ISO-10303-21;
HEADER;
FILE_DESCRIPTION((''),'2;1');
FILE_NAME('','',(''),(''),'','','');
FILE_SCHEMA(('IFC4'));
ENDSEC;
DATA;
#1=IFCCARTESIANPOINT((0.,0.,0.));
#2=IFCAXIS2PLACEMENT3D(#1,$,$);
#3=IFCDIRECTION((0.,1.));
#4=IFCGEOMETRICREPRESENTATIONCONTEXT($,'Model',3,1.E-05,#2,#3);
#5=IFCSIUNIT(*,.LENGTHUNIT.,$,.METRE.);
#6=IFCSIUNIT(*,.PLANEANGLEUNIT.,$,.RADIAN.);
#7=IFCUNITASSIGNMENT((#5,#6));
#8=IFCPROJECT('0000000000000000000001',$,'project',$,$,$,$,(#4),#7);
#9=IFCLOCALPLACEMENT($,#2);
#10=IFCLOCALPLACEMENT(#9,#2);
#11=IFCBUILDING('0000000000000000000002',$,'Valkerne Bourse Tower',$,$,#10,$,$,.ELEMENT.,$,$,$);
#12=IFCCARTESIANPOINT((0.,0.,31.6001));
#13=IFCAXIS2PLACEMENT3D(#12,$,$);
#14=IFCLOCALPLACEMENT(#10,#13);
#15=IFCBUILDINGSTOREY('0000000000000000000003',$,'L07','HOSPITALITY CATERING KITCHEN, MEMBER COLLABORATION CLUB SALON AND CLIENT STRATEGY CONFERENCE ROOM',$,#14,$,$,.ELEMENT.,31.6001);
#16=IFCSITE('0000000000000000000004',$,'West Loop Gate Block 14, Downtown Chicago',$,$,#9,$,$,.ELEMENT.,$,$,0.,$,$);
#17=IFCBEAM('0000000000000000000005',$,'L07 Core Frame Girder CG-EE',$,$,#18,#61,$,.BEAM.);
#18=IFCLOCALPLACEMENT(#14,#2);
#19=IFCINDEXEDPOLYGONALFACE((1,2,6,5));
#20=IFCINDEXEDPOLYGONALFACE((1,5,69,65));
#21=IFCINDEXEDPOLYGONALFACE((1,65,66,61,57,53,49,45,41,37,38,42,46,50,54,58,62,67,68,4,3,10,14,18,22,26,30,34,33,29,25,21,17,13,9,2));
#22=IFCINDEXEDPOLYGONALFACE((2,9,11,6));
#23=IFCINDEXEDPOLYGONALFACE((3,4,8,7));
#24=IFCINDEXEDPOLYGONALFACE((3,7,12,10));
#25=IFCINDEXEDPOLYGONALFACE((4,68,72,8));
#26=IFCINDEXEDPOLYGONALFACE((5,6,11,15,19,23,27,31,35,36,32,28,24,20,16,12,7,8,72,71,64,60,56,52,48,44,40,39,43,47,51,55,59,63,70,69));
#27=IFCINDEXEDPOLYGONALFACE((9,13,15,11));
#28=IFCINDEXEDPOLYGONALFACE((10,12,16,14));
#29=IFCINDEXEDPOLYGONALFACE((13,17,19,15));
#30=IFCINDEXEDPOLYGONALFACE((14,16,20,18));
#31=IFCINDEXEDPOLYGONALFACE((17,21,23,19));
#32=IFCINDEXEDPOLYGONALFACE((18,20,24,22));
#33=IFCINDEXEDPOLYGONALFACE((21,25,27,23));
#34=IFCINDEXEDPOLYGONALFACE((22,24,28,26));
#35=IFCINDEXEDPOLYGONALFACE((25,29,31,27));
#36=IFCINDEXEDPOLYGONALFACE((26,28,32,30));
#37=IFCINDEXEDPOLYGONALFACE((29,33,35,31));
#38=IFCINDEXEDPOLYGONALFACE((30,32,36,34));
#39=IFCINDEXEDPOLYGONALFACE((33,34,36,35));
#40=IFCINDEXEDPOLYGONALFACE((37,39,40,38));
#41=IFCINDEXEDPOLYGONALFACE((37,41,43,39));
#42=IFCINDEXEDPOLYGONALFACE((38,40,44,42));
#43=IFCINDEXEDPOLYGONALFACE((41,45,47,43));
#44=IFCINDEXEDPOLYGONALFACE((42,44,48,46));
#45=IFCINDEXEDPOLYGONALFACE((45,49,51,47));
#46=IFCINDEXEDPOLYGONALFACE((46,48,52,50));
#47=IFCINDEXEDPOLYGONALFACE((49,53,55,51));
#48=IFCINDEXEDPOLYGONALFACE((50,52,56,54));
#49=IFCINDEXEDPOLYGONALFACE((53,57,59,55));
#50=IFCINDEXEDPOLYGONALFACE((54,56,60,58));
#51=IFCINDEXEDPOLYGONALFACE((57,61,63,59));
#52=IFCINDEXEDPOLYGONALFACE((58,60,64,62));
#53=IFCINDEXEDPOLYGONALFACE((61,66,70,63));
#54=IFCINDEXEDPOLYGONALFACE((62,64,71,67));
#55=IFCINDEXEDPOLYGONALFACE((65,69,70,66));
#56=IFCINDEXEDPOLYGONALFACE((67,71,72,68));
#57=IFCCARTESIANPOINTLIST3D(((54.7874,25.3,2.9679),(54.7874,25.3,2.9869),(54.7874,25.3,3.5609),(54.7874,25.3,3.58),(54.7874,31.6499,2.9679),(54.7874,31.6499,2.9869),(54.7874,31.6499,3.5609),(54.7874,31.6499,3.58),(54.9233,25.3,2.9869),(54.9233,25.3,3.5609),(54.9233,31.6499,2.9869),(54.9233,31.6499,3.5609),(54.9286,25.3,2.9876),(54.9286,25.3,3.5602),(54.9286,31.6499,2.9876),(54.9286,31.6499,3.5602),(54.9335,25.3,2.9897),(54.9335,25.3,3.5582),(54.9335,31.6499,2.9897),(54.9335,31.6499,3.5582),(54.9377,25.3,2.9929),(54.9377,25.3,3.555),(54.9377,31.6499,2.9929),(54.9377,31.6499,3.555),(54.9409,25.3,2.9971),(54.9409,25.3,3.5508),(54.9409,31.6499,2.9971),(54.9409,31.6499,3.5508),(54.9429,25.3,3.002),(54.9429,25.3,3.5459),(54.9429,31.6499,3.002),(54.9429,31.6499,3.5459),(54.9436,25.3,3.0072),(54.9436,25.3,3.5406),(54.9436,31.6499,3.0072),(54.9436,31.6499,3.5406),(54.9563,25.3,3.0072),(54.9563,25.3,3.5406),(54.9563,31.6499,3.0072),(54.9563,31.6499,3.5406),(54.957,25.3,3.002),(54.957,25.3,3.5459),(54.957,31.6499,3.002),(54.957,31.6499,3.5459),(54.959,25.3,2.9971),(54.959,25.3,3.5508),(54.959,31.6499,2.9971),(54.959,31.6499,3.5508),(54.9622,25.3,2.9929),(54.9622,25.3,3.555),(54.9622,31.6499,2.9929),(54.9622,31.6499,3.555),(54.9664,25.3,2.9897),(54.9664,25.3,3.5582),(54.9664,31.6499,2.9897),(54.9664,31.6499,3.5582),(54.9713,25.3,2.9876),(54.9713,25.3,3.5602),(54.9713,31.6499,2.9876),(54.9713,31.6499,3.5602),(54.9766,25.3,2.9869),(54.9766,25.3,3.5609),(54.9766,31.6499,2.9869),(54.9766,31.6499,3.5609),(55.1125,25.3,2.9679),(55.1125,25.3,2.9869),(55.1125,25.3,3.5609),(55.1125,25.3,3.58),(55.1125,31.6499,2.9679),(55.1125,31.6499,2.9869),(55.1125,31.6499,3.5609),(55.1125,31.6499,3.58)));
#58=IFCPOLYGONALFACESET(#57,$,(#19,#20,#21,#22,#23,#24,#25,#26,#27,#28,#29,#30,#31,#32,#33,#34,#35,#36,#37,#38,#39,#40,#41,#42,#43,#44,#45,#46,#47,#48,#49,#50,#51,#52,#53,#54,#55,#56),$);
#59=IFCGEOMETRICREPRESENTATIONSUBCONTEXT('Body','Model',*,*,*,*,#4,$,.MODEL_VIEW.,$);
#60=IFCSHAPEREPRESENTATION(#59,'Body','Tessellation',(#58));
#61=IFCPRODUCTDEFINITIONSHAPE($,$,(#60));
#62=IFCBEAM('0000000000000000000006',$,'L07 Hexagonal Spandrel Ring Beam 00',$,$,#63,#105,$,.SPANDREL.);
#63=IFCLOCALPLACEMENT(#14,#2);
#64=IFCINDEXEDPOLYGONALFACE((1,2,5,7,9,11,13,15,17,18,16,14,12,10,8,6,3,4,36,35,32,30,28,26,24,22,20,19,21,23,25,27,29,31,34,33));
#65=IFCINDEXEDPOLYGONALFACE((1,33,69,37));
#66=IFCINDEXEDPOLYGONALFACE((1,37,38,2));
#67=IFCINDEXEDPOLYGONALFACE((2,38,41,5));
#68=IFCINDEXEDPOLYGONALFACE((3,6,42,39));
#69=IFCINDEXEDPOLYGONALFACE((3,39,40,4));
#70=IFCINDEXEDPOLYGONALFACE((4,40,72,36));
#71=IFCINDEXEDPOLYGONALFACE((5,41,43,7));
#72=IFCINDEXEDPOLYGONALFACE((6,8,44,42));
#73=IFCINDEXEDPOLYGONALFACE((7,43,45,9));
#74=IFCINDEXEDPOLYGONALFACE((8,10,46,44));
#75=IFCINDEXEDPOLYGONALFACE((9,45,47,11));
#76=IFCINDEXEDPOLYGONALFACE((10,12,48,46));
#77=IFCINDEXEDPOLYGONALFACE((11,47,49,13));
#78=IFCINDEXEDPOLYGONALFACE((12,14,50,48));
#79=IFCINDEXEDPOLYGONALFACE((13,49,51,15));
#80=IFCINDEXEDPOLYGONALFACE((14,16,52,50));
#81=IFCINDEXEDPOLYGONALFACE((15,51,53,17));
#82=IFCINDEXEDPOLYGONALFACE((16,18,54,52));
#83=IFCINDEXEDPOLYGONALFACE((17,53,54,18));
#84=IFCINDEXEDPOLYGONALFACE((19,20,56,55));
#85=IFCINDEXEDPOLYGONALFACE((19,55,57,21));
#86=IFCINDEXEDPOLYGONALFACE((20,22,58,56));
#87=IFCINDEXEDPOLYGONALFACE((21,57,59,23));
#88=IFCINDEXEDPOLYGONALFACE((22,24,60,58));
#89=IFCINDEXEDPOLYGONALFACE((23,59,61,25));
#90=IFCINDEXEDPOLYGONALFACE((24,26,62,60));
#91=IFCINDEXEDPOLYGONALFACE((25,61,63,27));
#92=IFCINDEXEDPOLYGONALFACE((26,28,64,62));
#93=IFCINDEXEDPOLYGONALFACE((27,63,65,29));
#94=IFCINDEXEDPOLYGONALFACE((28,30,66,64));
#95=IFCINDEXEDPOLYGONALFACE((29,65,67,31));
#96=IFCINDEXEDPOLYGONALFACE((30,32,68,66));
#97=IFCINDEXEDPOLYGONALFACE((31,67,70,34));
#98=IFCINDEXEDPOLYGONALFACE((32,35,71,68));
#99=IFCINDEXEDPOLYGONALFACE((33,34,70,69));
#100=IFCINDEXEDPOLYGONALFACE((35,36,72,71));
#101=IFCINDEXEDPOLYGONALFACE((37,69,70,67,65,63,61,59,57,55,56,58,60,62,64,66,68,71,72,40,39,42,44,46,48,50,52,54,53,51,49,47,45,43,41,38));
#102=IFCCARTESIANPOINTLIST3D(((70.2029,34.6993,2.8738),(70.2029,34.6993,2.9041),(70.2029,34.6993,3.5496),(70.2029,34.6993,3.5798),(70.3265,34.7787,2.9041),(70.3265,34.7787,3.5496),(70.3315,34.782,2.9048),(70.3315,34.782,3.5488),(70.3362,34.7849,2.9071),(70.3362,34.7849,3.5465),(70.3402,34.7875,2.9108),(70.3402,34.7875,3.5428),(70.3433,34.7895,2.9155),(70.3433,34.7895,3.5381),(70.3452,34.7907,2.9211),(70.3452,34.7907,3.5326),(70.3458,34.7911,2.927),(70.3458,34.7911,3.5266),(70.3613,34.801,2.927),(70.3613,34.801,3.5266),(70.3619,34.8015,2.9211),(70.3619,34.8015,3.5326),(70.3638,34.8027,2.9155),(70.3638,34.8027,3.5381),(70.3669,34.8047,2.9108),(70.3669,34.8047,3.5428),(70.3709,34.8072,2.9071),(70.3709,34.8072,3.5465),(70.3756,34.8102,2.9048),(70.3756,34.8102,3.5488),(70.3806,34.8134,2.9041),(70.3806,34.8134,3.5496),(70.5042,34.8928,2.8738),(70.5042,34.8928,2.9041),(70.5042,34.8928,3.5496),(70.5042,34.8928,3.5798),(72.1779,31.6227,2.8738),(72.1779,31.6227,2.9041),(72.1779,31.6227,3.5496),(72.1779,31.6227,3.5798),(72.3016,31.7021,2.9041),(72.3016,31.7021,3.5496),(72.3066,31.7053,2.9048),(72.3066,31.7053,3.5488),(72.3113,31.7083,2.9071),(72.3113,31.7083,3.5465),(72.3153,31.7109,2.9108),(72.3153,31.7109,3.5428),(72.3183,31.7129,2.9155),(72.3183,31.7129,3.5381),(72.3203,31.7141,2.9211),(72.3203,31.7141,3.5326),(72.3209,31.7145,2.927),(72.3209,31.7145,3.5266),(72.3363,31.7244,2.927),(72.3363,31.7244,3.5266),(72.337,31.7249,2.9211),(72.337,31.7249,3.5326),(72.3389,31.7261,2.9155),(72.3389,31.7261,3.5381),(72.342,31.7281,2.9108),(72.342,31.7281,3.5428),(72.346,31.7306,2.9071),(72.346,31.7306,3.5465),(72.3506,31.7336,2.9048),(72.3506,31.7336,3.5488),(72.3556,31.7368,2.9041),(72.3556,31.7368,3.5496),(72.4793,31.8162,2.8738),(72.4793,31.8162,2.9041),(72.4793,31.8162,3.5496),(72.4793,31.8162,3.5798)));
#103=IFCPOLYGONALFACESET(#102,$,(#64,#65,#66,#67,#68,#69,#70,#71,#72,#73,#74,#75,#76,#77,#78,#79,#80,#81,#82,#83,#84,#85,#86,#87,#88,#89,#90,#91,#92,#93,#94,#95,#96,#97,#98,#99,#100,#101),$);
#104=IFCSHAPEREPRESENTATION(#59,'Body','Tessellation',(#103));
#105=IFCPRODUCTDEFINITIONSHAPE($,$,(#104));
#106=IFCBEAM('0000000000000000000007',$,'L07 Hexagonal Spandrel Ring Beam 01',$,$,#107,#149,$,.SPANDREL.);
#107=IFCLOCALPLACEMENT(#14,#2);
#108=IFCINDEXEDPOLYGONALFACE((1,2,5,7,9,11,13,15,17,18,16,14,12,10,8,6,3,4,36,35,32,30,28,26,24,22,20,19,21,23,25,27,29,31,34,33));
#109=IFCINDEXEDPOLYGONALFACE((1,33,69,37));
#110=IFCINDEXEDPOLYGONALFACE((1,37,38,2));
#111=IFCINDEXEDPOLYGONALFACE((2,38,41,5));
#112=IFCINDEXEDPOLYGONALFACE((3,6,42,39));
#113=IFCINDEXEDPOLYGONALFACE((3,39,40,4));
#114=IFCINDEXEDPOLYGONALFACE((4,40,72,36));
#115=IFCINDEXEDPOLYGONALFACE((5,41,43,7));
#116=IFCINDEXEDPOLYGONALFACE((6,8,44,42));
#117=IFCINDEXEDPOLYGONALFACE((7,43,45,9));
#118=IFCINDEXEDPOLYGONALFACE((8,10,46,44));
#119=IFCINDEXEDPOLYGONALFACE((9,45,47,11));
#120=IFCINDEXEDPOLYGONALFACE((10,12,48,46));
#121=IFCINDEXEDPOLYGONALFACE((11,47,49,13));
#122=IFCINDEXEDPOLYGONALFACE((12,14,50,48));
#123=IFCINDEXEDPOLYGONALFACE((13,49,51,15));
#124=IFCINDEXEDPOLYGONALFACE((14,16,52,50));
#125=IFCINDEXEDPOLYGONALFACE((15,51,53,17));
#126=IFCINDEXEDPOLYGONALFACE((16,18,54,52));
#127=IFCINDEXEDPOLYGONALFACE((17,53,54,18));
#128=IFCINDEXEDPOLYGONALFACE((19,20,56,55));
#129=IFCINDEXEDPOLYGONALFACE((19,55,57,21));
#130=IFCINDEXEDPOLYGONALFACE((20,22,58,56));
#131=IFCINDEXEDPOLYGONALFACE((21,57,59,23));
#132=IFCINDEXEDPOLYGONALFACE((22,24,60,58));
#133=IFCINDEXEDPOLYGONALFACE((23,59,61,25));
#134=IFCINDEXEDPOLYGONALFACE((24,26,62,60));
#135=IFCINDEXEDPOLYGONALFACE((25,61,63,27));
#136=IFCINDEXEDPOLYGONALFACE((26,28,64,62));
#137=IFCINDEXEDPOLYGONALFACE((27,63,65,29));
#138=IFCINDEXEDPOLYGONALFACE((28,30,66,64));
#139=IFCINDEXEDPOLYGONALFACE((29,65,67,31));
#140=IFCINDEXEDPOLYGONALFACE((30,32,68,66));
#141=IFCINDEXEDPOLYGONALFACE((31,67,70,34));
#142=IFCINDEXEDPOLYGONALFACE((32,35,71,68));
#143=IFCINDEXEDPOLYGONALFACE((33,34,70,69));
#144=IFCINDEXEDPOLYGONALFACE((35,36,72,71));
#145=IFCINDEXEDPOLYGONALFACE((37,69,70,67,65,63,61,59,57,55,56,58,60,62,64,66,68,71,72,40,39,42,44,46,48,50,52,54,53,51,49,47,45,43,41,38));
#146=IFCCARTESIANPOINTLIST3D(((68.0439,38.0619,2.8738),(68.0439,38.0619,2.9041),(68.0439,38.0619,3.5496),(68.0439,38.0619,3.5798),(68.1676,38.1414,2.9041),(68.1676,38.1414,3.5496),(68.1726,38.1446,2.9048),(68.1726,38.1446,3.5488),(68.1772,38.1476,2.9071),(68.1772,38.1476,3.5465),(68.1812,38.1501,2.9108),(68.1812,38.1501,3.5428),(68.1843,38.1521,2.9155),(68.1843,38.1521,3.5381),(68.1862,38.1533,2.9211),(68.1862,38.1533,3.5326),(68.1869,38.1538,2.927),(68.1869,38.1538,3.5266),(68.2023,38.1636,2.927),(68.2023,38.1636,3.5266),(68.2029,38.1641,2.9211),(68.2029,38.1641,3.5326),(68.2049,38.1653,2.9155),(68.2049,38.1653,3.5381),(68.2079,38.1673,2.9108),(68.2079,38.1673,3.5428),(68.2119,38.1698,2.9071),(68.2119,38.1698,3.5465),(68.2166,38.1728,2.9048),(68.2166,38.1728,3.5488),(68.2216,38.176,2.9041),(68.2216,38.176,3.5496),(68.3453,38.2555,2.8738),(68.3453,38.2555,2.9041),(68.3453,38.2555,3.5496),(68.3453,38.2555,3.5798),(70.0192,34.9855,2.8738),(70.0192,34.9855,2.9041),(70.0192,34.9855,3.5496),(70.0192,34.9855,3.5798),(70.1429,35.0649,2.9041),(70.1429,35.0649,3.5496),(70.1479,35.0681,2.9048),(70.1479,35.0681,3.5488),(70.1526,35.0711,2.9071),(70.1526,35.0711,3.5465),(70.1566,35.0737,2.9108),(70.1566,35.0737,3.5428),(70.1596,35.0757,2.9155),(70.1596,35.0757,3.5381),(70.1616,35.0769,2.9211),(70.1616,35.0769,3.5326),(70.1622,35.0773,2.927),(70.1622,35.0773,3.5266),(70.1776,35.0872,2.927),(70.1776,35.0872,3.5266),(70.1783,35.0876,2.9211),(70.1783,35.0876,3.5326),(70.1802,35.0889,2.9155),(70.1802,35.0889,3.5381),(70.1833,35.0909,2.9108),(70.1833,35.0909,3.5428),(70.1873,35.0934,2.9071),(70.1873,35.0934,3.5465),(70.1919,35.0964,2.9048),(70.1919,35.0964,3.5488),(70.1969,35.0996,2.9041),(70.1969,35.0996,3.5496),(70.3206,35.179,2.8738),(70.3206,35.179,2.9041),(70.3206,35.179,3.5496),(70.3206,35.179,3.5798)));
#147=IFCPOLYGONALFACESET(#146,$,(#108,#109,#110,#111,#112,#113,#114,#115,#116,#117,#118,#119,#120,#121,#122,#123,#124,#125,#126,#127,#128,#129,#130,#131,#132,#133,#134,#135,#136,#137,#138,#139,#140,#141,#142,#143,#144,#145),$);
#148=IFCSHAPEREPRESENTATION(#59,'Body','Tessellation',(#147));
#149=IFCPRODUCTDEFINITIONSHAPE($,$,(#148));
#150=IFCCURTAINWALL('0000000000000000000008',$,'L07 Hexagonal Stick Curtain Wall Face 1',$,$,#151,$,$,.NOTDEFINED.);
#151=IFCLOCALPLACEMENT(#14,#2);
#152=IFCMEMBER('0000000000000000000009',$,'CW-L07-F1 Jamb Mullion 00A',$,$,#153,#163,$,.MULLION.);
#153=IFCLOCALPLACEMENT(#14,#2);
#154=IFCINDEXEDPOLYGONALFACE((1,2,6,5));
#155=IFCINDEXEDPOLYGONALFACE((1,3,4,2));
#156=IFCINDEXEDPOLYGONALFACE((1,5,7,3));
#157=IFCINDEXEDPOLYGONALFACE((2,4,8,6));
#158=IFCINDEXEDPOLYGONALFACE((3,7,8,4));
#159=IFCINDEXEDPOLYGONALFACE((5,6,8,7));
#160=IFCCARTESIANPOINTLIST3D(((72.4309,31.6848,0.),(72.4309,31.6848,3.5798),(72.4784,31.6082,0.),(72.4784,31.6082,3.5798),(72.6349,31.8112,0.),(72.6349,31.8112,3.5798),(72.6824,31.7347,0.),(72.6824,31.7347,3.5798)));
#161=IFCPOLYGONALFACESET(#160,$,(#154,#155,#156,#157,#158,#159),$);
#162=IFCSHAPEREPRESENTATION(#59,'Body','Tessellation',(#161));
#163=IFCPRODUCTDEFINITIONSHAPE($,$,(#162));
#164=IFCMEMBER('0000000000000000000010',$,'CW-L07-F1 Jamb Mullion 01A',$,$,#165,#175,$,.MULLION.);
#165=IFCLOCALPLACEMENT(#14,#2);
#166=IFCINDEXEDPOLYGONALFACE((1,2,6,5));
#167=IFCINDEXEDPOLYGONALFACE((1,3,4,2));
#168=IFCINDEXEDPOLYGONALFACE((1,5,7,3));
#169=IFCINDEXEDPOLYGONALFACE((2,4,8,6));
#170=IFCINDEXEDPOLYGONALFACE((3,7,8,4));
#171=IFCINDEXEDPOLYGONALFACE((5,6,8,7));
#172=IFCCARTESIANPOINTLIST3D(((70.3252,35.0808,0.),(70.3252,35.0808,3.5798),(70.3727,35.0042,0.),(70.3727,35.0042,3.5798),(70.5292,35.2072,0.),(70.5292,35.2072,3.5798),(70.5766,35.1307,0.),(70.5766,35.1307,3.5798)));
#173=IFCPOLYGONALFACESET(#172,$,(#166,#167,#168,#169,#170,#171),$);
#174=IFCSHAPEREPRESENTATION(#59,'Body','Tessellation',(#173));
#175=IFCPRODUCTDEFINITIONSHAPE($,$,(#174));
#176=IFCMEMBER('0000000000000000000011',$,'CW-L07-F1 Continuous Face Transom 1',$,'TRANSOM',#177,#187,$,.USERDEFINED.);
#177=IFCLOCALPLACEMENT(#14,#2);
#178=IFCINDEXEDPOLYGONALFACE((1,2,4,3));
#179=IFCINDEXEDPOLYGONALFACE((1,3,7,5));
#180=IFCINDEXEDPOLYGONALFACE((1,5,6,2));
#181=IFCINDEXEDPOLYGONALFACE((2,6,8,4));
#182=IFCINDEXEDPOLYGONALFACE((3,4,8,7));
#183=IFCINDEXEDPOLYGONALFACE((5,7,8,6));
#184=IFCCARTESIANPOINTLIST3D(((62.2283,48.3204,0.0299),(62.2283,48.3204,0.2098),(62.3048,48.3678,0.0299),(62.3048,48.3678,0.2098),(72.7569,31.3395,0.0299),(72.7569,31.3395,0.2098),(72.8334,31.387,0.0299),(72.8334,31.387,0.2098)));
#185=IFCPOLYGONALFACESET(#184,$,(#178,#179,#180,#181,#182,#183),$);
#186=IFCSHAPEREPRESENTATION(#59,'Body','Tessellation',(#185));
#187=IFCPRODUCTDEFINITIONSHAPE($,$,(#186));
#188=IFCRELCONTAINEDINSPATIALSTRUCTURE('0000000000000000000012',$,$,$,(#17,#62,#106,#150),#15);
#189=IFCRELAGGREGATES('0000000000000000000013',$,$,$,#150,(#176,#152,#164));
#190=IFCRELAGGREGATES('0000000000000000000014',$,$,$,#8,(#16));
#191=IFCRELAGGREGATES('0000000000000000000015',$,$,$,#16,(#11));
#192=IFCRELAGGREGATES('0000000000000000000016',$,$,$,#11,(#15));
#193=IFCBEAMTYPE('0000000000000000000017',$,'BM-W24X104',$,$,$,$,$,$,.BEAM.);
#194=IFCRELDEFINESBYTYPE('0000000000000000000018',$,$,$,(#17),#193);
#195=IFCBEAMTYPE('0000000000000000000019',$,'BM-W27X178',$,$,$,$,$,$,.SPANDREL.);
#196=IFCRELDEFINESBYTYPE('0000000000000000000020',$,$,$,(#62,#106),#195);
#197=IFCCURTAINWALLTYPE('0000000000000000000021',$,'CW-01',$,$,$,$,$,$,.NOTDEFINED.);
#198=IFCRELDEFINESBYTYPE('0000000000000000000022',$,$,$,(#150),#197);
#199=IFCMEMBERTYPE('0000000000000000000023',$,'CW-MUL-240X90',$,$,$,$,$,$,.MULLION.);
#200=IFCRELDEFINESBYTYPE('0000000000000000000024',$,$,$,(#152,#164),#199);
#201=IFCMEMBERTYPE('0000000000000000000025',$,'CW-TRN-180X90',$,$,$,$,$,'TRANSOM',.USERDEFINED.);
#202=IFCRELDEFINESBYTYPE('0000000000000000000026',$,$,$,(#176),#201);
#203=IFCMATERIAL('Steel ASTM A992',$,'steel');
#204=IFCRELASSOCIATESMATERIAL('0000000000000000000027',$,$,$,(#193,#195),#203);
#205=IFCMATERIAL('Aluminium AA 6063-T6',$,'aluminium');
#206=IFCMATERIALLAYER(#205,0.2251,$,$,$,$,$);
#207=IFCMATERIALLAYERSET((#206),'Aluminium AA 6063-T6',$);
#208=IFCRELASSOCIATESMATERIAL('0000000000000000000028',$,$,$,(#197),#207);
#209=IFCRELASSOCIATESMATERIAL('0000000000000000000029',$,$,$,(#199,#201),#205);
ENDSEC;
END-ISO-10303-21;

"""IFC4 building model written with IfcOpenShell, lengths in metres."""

from ifc_helpers import new_model, si_unit, direction, frame, origin, origin_2d, place, context, subcontext, project, spatial, rectangle, i_section, extrude, material, layer, layer_set, material_profile, profile_set, type_object, element, aggregate, save


model = new_model("IFC4")

# Units and contexts
model_context = context("Model", 3, precision=1e-05, world=origin(), true_north=direction((0.0, 1.0)))
body_context = subcontext(model_context, "Body", "Model", "MODEL_VIEW")
ifc_project = project(units=[si_unit("LENGTHUNIT", "METRE"), si_unit("PLANEANGLEUNIT", "RADIAN")], contexts=[model_context])

# Site, building, storey
site_placement = place(None, origin())
site = spatial("IfcSite", under=ifc_project, at=site_placement, Name="West Loop Gate Block 14, Downtown Chicago", CompositionType="ELEMENT", RefElevation=0.0)
building_placement = place(site_placement, origin())
building = spatial("IfcBuilding", under=site, at=building_placement, Name="Valkerne Bourse Tower", CompositionType="ELEMENT")
storey_placement = place(building_placement, frame((0.0, 0.0, 31.6001)))
storey = spatial("IfcBuildingStorey", under=building, at=storey_placement, Name="L07", Description="HOSPITALITY CATERING KITCHEN, MEMBER COLLABORATION CLUB SALON AND CLIENT STRATEGY CONFERENCE ROOM", CompositionType="ELEMENT", Elevation=31.6001)

# Beams
ifc_material_1 = material(Name="Steel ASTM A992", Category="steel")
ifc_material_profile_1 = material_profile(ifc_material_1, i_section(OverallWidth=0.3252, OverallDepth=0.6121, WebThickness=0.0127, FlangeThickness=0.019, FilletRadius=0.0203, at=origin_2d()), Name="W24X104")
ifc_profile_set_1 = profile_set([ifc_material_profile_1], Name="Steel ASTM A992")
beam_type_1 = type_object("IfcBeamType", Name="BM-W24X104", PredefinedType="BEAM", material=ifc_profile_set_1)
beam_placement = place(storey_placement, frame((54.95, 25.3, 3.2739), z_axis=(0.0, 1.0, 0.0), x_axis=(-1.0, 0.0, 0.0)))
element("IfcBeam", 1, at=beam_placement, inside=storey, type_object=beam_type_1, Name="L07 Core Frame Girder CG-EE", PredefinedType="BEAM", context=body_context, shape_type="SweptSolid", body=[
    extrude(i_section(OverallWidth=0.3252, OverallDepth=0.6121, WebThickness=0.0127, FlangeThickness=0.019, FilletRadius=0.0203, at=origin_2d()), origin(), (0.0, 0.0, 1.0), 6.3499),
])
ifc_material_profile_2 = material_profile(ifc_material_1, i_section(OverallWidth=0.3582, OverallDepth=0.7061, WebThickness=0.0183, FlangeThickness=0.0303, FilletRadius=0.0229, at=origin_2d()), Name="W27X178")
ifc_profile_set_2 = profile_set([ifc_material_profile_2], Name="Steel ASTM A992")
beam_type_2 = type_object("IfcBeamType", Name="BM-W27X178", PredefinedType="SPANDREL", material=ifc_profile_set_2)
for number, where, z_axis, x_axis, name in (
    (2, (72.3286, 31.7195, 3.2268), (-0.540224, 0.841521, 0.0), (-0.841521, -0.540224, 0.0), "L07 Hexagonal Spandrel Ring Beam 00"),
    (3, (70.1699, 35.0823, 3.2268), (-0.540302, 0.841471, 0.0), (-0.841471, -0.540302, 0.0), "L07 Hexagonal Spandrel Ring Beam 01"),
):
    element("IfcBeam", number, at=place(storey_placement, frame(where, z_axis=z_axis, x_axis=x_axis)), inside=storey, type_object=beam_type_2, Name=name, PredefinedType="SPANDREL", context=body_context, shape_type="SweptSolid", body=[
        extrude(i_section(OverallWidth=0.3582, OverallDepth=0.7061, WebThickness=0.0183, FlangeThickness=0.0303, FilletRadius=0.0229, at=origin_2d()), origin(), (0.0, 0.0, 1.0), 3.656),
    ])

# Curtain wall, members
ifc_material_2 = material(Name="Aluminium AA 6063-T6", Category="aluminium")
ifc_layer_1 = layer(ifc_material_2, 0.2251)
ifc_layer_set_1 = layer_set([ifc_layer_1], Name="Aluminium AA 6063-T6")
curtain_wall_type = type_object("IfcCurtainWallType", Name="CW-01", PredefinedType="NOTDEFINED", material=ifc_layer_set_1)
curtain_wall_placement = place(storey_placement, origin())
curtain_wall = element("IfcCurtainWall", 4, at=curtain_wall_placement, inside=storey, type_object=curtain_wall_type, Name="L07 Hexagonal Stick Curtain Wall Face 1", PredefinedType="NOTDEFINED")
ifc_material_profile_3 = material_profile(ifc_material_2, rectangle(XDim=0.0901, YDim=0.24, at=origin_2d()), Name="CWM-90X240")
ifc_profile_set_3 = profile_set([ifc_material_profile_3], Name="Aluminium AA 6063-T6")
member_type_1 = type_object("IfcMemberType", Name="CW-MUL-240X90", PredefinedType="MULLION", material=ifc_profile_set_3)
member_1_placement = place(storey_placement, frame((72.5566, 31.7097, 0.0), z_axis=(0.0, 0.0, 1.0), x_axis=(-0.52695, 0.849896, 0.0)))
member_1 = element("IfcMember", 5, at=member_1_placement, type_object=member_type_1, Name="CW-L07-F1 Jamb Mullion 00A", PredefinedType="MULLION", context=body_context, shape_type="SweptSolid", body=[
    extrude(rectangle(XDim=0.0901, YDim=0.24, at=origin_2d()), origin(), (0.0, 0.0, 1.0), 3.5798),
])
member_2_placement = place(storey_placement, frame((70.4509, 35.1057, 0.0), z_axis=(0.0, 0.0, 1.0), x_axis=(-0.526961, 0.849889, 0.0)))
member_2 = element("IfcMember", 6, at=member_2_placement, type_object=member_type_1, Name="CW-L07-F1 Jamb Mullion 01A", PredefinedType="MULLION", context=body_context, shape_type="SweptSolid", body=[
    extrude(rectangle(XDim=0.0901, YDim=0.24, at=origin_2d()), origin(), (0.0, 0.0, 1.0), 3.5798),
])
ifc_material_profile_4 = material_profile(ifc_material_2, rectangle(XDim=0.0901, YDim=0.1799, at=origin_2d()), Name="CWT-90X180")
ifc_profile_set_4 = profile_set([ifc_material_profile_4], Name="Aluminium AA 6063-T6")
member_type_2 = type_object("IfcMemberType", Name="CW-TRN-180X90", ElementType="TRANSOM", PredefinedType="USERDEFINED", material=ifc_profile_set_4)
member_3_placement = place(storey_placement, frame((72.7952, 31.3633, 0.1199), z_axis=(-0.526959, 0.849891, 0.0), x_axis=(-0.849891, -0.526959, 0.0)))
member_3 = element("IfcMember", 7, at=member_3_placement, type_object=member_type_2, Name="CW-L07-F1 Continuous Face Transom 1", ObjectType="TRANSOM", PredefinedType="USERDEFINED", context=body_context, shape_type="SweptSolid", body=[
    extrude(rectangle(XDim=0.0901, YDim=0.1799, at=origin_2d()), origin(), (0.0, 0.0, 1.0), 19.98),
])

aggregate(curtain_wall, [member_3, member_1, member_2])

save(model, "model.ifc")
